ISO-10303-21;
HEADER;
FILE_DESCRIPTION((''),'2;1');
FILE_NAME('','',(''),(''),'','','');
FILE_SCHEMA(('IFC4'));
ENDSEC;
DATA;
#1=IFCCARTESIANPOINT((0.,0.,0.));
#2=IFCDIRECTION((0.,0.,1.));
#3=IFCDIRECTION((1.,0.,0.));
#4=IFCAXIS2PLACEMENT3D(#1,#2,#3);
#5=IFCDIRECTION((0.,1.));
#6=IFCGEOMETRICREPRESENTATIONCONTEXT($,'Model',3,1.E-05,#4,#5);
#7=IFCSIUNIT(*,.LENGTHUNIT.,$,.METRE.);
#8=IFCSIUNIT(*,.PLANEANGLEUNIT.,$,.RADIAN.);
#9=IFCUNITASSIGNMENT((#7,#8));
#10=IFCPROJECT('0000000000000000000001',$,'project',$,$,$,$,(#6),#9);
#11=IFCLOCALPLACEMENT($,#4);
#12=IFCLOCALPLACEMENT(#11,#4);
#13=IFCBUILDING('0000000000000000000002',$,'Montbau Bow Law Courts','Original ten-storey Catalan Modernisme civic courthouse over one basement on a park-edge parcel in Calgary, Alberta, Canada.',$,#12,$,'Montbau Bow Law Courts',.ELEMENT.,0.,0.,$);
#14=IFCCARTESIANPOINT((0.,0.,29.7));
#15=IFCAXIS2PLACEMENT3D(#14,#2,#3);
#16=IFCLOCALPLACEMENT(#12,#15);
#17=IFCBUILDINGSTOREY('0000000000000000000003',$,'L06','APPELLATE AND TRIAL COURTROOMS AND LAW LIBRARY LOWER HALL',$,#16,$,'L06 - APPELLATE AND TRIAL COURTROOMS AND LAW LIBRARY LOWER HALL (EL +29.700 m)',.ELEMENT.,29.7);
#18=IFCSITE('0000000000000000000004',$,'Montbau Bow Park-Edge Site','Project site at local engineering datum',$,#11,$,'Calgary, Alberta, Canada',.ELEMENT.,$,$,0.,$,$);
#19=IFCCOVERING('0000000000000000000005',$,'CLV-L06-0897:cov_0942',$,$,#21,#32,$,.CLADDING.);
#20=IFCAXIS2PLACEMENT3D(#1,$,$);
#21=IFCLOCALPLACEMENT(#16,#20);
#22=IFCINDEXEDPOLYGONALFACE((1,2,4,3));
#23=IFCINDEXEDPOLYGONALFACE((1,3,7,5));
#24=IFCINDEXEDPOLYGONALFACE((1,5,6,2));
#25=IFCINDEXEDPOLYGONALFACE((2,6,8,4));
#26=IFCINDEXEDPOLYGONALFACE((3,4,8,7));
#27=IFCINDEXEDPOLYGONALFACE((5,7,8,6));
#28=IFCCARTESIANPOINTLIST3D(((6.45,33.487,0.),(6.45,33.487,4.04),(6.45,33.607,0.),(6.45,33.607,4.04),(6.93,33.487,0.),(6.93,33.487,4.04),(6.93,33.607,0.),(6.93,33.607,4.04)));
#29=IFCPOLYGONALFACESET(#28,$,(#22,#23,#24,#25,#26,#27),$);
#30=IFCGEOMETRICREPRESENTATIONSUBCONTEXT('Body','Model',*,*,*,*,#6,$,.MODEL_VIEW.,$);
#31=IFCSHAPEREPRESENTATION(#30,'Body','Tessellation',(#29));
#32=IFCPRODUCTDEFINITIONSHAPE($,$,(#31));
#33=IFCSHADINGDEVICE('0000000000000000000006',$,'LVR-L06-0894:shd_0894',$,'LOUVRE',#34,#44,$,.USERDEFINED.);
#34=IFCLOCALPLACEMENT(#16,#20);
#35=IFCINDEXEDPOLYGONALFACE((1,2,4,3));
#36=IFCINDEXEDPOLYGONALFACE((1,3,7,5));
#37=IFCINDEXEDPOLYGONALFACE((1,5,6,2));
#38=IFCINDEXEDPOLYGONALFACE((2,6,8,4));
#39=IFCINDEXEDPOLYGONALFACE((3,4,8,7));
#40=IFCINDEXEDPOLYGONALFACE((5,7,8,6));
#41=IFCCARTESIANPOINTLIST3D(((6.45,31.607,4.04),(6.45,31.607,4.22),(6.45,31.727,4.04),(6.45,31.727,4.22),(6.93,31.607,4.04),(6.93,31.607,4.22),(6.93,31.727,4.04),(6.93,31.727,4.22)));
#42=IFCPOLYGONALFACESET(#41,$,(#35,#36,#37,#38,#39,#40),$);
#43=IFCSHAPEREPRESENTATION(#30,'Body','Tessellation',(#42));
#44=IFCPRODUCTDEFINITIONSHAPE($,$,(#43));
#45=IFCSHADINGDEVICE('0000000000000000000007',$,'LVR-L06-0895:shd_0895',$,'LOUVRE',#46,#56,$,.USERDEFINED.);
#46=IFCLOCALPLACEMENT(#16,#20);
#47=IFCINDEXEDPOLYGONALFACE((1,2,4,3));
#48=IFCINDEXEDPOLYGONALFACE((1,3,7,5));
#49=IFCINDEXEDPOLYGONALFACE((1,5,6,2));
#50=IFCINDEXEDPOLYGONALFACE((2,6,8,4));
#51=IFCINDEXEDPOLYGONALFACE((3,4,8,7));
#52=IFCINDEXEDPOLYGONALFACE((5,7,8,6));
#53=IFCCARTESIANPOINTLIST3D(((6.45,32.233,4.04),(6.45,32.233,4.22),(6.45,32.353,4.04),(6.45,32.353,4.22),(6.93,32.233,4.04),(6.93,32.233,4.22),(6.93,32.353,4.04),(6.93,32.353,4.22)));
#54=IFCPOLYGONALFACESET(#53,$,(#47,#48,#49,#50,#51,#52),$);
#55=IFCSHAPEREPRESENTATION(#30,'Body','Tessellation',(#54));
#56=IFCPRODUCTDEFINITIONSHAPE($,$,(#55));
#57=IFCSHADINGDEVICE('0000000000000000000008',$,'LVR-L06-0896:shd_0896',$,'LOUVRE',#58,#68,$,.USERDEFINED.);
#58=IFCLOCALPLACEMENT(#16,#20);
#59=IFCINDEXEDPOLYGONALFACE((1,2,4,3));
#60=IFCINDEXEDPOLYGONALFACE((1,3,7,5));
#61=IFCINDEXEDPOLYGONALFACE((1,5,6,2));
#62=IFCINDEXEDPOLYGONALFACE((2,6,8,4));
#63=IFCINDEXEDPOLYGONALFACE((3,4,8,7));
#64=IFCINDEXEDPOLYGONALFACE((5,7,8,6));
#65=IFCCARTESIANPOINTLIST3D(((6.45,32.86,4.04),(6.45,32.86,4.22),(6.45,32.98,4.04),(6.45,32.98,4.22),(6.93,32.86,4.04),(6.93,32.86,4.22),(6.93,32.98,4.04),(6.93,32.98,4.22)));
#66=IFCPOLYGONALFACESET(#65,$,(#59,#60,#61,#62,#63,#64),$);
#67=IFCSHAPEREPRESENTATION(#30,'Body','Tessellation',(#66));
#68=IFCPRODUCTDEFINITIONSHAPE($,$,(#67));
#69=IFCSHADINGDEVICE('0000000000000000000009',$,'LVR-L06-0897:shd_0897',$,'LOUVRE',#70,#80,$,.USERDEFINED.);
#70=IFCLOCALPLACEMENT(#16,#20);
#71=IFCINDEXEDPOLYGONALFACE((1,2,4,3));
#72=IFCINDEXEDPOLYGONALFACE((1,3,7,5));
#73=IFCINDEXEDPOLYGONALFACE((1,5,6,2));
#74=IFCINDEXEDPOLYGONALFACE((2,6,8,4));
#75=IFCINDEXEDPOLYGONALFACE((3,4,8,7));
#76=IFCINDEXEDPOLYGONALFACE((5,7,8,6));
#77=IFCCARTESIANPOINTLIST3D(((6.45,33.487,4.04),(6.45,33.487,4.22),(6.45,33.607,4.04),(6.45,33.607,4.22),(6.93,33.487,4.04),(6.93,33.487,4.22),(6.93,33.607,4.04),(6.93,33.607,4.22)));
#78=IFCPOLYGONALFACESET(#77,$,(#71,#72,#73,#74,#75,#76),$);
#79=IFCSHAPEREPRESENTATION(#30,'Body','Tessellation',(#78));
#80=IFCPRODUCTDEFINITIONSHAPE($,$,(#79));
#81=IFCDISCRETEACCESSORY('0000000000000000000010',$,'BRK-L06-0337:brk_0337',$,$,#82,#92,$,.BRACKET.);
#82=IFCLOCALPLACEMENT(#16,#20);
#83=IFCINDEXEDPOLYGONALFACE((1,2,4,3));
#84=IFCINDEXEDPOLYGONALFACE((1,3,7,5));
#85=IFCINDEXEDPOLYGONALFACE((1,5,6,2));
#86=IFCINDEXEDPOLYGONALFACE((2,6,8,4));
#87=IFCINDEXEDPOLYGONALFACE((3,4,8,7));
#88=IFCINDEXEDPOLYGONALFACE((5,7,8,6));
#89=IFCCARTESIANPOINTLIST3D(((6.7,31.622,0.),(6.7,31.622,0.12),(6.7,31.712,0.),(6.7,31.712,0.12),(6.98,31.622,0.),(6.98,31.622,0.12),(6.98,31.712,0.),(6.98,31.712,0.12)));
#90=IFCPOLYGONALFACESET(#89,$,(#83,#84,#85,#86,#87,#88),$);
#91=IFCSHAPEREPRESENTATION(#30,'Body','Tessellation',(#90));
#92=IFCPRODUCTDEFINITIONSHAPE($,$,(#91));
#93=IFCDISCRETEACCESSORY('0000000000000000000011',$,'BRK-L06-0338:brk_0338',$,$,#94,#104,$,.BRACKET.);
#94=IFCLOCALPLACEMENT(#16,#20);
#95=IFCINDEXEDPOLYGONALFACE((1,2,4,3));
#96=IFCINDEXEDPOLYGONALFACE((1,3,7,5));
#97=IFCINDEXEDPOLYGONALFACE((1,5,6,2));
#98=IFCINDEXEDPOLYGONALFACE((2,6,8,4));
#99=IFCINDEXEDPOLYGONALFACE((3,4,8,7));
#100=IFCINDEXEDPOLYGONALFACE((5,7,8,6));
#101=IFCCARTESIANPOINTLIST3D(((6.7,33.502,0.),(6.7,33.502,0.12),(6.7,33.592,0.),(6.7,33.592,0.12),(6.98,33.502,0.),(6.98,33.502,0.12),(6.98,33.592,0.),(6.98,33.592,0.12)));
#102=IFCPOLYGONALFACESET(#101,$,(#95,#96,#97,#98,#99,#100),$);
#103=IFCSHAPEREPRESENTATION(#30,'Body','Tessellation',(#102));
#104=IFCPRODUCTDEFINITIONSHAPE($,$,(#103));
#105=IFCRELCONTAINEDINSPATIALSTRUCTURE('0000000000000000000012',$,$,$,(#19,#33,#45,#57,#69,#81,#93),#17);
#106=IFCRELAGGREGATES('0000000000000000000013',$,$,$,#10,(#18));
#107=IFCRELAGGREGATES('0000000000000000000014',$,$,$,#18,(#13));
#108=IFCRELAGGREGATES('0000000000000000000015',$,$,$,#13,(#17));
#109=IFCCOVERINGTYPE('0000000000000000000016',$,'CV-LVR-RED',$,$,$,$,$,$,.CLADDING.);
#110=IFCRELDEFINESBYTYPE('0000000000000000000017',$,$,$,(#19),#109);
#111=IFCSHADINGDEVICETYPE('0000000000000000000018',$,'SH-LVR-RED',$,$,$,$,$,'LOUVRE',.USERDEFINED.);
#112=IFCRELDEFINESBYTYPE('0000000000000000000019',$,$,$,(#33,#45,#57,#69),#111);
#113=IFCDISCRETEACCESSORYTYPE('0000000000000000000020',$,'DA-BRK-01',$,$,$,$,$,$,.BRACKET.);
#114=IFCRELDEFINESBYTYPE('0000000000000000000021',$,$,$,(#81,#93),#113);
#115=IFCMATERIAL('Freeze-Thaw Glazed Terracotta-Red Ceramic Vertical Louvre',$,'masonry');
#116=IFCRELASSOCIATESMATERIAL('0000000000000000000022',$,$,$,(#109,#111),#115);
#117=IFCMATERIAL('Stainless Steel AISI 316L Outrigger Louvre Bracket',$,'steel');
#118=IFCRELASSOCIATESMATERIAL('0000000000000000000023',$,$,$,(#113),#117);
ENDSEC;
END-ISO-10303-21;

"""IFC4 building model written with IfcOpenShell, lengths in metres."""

from ifc_helpers import new_model, si_unit, direction, frame, frame_2d, origin_with_axes, origin_2d_with_axis, place, context, subcontext, project, spatial, rectangle, extrude, material, type_object, element, save


model = new_model("IFC4")

# Units and contexts
model_context = context("Model", 3, precision=1e-05, world=origin_with_axes(), true_north=direction((0.0, 1.0)))
body_context = subcontext(model_context, "Body", "Model", "MODEL_VIEW")
ifc_project = project(units=[si_unit("LENGTHUNIT", "METRE"), si_unit("PLANEANGLEUNIT", "RADIAN")], contexts=[model_context])

# Site, building, storey
site_placement = place(None, origin_with_axes())
site = spatial("IfcSite", under=ifc_project, at=site_placement, Name="Montbau Bow Park-Edge Site", Description="Project site at local engineering datum", LongName="Calgary, Alberta, Canada", CompositionType="ELEMENT", RefElevation=0.0)
building_placement = place(site_placement, origin_with_axes())
building = spatial("IfcBuilding", under=site, at=building_placement, Name="Montbau Bow Law Courts", Description="Original ten-storey Catalan Modernisme civic courthouse over one basement on a park-edge parcel in Calgary, Alberta, Canada.", LongName="Montbau Bow Law Courts", CompositionType="ELEMENT", ElevationOfRefHeight=0.0, ElevationOfTerrain=0.0)
storey_placement = place(building_placement, frame((0.0, 0.0, 29.7), z_axis=(0.0, 0.0, 1.0), x_axis=(1.0, 0.0, 0.0)))
storey = spatial("IfcBuildingStorey", under=building, at=storey_placement, Name="L06", Description="APPELLATE AND TRIAL COURTROOMS AND LAW LIBRARY LOWER HALL", LongName="L06 - APPELLATE AND TRIAL COURTROOMS AND LAW LIBRARY LOWER HALL (EL +29.700 m)", CompositionType="ELEMENT", Elevation=29.7)

# Covering
ifc_material_1 = material(Name="Freeze-Thaw Glazed Terracotta-Red Ceramic Vertical Louvre", Category="masonry")
covering_type = type_object("IfcCoveringType", Name="CV-LVR-RED", PredefinedType="CLADDING", material=ifc_material_1)
for number, where, z_axis, x_axis, name in (
    (1, (6.93, 33.547, 29.7), (0.0, 1.0, 0.0), (-1.0, 0.0, 0.0), "CLV-L06-0897:cov_0942"),
):
    element("IfcCovering", number, at=place(None, frame(where, z_axis=z_axis, x_axis=x_axis)), inside=storey, type_object=covering_type, Name=name, PredefinedType="CLADDING", context=body_context, shape_type="SweptSolid", body=[
        extrude(rectangle(XDim=0.48, YDim=4.04, at=frame_2d((0.24, 2.02), x_axis=(1.0, 0.0))), frame((0.0, 0.0, -0.06), z_axis=(0.0, 0.0, 1.0), x_axis=(1.0, 0.0, 0.0)), (0.0, 0.0, 1.0), 0.12),
    ])

# Shading devices
shading_device_type = type_object("IfcShadingDeviceType", Name="SH-LVR-RED", ElementType="LOUVRE", PredefinedType="USERDEFINED", material=ifc_material_1)
for number, where, z_axis, x_axis, name in (
    (2, (6.69, 31.667, 33.74), (0.0, 0.0, 1.0), (-1.0, 0.0, 0.0), "LVR-L06-0894:shd_0894"),
    (3, (6.69, 32.293, 33.74), (0.0, 0.0, 1.0), (-1.0, 0.0, 0.0), "LVR-L06-0895:shd_0895"),
    (4, (6.69, 32.92, 33.74), (0.0, 0.0, 1.0), (-1.0, 0.0, 0.0), "LVR-L06-0896:shd_0896"),
    (5, (6.69, 33.547, 33.74), (0.0, 0.0, 1.0), (-1.0, 0.0, 0.0), "LVR-L06-0897:shd_0897"),
):
    element("IfcShadingDevice", number, at=place(None, frame(where, z_axis=z_axis, x_axis=x_axis)), inside=storey, type_object=shading_device_type, Name=name, ObjectType="LOUVRE", PredefinedType="USERDEFINED", context=body_context, shape_type="SweptSolid", body=[
        extrude(rectangle(XDim=0.48, YDim=0.12, at=origin_2d_with_axis()), origin_with_axes(), (0.0, 0.0, 1.0), 0.18),
    ])

# Discrete accessories
ifc_material_2 = material(Name="Stainless Steel AISI 316L Outrigger Louvre Bracket", Category="steel")
discrete_accessory_type = type_object("IfcDiscreteAccessoryType", Name="DA-BRK-01", PredefinedType="BRACKET", material=ifc_material_2)
for number, where, z_axis, x_axis, name in (
    (6, (6.84, 31.667, 29.7), (0.0, 0.0, 1.0), (-1.0, 0.0, 0.0), "BRK-L06-0337:brk_0337"),
    (7, (6.84, 33.547, 29.7), (0.0, 0.0, 1.0), (-1.0, 0.0, 0.0), "BRK-L06-0338:brk_0338"),
):
    element("IfcDiscreteAccessory", number, at=place(None, frame(where, z_axis=z_axis, x_axis=x_axis)), inside=storey, type_object=discrete_accessory_type, Name=name, PredefinedType="BRACKET", context=body_context, shape_type="SweptSolid", body=[
        extrude(rectangle(XDim=0.28, YDim=0.09, at=origin_2d_with_axis()), origin_with_axes(), (0.0, 0.0, 1.0), 0.12),
    ])

save(model, "model.ifc")
